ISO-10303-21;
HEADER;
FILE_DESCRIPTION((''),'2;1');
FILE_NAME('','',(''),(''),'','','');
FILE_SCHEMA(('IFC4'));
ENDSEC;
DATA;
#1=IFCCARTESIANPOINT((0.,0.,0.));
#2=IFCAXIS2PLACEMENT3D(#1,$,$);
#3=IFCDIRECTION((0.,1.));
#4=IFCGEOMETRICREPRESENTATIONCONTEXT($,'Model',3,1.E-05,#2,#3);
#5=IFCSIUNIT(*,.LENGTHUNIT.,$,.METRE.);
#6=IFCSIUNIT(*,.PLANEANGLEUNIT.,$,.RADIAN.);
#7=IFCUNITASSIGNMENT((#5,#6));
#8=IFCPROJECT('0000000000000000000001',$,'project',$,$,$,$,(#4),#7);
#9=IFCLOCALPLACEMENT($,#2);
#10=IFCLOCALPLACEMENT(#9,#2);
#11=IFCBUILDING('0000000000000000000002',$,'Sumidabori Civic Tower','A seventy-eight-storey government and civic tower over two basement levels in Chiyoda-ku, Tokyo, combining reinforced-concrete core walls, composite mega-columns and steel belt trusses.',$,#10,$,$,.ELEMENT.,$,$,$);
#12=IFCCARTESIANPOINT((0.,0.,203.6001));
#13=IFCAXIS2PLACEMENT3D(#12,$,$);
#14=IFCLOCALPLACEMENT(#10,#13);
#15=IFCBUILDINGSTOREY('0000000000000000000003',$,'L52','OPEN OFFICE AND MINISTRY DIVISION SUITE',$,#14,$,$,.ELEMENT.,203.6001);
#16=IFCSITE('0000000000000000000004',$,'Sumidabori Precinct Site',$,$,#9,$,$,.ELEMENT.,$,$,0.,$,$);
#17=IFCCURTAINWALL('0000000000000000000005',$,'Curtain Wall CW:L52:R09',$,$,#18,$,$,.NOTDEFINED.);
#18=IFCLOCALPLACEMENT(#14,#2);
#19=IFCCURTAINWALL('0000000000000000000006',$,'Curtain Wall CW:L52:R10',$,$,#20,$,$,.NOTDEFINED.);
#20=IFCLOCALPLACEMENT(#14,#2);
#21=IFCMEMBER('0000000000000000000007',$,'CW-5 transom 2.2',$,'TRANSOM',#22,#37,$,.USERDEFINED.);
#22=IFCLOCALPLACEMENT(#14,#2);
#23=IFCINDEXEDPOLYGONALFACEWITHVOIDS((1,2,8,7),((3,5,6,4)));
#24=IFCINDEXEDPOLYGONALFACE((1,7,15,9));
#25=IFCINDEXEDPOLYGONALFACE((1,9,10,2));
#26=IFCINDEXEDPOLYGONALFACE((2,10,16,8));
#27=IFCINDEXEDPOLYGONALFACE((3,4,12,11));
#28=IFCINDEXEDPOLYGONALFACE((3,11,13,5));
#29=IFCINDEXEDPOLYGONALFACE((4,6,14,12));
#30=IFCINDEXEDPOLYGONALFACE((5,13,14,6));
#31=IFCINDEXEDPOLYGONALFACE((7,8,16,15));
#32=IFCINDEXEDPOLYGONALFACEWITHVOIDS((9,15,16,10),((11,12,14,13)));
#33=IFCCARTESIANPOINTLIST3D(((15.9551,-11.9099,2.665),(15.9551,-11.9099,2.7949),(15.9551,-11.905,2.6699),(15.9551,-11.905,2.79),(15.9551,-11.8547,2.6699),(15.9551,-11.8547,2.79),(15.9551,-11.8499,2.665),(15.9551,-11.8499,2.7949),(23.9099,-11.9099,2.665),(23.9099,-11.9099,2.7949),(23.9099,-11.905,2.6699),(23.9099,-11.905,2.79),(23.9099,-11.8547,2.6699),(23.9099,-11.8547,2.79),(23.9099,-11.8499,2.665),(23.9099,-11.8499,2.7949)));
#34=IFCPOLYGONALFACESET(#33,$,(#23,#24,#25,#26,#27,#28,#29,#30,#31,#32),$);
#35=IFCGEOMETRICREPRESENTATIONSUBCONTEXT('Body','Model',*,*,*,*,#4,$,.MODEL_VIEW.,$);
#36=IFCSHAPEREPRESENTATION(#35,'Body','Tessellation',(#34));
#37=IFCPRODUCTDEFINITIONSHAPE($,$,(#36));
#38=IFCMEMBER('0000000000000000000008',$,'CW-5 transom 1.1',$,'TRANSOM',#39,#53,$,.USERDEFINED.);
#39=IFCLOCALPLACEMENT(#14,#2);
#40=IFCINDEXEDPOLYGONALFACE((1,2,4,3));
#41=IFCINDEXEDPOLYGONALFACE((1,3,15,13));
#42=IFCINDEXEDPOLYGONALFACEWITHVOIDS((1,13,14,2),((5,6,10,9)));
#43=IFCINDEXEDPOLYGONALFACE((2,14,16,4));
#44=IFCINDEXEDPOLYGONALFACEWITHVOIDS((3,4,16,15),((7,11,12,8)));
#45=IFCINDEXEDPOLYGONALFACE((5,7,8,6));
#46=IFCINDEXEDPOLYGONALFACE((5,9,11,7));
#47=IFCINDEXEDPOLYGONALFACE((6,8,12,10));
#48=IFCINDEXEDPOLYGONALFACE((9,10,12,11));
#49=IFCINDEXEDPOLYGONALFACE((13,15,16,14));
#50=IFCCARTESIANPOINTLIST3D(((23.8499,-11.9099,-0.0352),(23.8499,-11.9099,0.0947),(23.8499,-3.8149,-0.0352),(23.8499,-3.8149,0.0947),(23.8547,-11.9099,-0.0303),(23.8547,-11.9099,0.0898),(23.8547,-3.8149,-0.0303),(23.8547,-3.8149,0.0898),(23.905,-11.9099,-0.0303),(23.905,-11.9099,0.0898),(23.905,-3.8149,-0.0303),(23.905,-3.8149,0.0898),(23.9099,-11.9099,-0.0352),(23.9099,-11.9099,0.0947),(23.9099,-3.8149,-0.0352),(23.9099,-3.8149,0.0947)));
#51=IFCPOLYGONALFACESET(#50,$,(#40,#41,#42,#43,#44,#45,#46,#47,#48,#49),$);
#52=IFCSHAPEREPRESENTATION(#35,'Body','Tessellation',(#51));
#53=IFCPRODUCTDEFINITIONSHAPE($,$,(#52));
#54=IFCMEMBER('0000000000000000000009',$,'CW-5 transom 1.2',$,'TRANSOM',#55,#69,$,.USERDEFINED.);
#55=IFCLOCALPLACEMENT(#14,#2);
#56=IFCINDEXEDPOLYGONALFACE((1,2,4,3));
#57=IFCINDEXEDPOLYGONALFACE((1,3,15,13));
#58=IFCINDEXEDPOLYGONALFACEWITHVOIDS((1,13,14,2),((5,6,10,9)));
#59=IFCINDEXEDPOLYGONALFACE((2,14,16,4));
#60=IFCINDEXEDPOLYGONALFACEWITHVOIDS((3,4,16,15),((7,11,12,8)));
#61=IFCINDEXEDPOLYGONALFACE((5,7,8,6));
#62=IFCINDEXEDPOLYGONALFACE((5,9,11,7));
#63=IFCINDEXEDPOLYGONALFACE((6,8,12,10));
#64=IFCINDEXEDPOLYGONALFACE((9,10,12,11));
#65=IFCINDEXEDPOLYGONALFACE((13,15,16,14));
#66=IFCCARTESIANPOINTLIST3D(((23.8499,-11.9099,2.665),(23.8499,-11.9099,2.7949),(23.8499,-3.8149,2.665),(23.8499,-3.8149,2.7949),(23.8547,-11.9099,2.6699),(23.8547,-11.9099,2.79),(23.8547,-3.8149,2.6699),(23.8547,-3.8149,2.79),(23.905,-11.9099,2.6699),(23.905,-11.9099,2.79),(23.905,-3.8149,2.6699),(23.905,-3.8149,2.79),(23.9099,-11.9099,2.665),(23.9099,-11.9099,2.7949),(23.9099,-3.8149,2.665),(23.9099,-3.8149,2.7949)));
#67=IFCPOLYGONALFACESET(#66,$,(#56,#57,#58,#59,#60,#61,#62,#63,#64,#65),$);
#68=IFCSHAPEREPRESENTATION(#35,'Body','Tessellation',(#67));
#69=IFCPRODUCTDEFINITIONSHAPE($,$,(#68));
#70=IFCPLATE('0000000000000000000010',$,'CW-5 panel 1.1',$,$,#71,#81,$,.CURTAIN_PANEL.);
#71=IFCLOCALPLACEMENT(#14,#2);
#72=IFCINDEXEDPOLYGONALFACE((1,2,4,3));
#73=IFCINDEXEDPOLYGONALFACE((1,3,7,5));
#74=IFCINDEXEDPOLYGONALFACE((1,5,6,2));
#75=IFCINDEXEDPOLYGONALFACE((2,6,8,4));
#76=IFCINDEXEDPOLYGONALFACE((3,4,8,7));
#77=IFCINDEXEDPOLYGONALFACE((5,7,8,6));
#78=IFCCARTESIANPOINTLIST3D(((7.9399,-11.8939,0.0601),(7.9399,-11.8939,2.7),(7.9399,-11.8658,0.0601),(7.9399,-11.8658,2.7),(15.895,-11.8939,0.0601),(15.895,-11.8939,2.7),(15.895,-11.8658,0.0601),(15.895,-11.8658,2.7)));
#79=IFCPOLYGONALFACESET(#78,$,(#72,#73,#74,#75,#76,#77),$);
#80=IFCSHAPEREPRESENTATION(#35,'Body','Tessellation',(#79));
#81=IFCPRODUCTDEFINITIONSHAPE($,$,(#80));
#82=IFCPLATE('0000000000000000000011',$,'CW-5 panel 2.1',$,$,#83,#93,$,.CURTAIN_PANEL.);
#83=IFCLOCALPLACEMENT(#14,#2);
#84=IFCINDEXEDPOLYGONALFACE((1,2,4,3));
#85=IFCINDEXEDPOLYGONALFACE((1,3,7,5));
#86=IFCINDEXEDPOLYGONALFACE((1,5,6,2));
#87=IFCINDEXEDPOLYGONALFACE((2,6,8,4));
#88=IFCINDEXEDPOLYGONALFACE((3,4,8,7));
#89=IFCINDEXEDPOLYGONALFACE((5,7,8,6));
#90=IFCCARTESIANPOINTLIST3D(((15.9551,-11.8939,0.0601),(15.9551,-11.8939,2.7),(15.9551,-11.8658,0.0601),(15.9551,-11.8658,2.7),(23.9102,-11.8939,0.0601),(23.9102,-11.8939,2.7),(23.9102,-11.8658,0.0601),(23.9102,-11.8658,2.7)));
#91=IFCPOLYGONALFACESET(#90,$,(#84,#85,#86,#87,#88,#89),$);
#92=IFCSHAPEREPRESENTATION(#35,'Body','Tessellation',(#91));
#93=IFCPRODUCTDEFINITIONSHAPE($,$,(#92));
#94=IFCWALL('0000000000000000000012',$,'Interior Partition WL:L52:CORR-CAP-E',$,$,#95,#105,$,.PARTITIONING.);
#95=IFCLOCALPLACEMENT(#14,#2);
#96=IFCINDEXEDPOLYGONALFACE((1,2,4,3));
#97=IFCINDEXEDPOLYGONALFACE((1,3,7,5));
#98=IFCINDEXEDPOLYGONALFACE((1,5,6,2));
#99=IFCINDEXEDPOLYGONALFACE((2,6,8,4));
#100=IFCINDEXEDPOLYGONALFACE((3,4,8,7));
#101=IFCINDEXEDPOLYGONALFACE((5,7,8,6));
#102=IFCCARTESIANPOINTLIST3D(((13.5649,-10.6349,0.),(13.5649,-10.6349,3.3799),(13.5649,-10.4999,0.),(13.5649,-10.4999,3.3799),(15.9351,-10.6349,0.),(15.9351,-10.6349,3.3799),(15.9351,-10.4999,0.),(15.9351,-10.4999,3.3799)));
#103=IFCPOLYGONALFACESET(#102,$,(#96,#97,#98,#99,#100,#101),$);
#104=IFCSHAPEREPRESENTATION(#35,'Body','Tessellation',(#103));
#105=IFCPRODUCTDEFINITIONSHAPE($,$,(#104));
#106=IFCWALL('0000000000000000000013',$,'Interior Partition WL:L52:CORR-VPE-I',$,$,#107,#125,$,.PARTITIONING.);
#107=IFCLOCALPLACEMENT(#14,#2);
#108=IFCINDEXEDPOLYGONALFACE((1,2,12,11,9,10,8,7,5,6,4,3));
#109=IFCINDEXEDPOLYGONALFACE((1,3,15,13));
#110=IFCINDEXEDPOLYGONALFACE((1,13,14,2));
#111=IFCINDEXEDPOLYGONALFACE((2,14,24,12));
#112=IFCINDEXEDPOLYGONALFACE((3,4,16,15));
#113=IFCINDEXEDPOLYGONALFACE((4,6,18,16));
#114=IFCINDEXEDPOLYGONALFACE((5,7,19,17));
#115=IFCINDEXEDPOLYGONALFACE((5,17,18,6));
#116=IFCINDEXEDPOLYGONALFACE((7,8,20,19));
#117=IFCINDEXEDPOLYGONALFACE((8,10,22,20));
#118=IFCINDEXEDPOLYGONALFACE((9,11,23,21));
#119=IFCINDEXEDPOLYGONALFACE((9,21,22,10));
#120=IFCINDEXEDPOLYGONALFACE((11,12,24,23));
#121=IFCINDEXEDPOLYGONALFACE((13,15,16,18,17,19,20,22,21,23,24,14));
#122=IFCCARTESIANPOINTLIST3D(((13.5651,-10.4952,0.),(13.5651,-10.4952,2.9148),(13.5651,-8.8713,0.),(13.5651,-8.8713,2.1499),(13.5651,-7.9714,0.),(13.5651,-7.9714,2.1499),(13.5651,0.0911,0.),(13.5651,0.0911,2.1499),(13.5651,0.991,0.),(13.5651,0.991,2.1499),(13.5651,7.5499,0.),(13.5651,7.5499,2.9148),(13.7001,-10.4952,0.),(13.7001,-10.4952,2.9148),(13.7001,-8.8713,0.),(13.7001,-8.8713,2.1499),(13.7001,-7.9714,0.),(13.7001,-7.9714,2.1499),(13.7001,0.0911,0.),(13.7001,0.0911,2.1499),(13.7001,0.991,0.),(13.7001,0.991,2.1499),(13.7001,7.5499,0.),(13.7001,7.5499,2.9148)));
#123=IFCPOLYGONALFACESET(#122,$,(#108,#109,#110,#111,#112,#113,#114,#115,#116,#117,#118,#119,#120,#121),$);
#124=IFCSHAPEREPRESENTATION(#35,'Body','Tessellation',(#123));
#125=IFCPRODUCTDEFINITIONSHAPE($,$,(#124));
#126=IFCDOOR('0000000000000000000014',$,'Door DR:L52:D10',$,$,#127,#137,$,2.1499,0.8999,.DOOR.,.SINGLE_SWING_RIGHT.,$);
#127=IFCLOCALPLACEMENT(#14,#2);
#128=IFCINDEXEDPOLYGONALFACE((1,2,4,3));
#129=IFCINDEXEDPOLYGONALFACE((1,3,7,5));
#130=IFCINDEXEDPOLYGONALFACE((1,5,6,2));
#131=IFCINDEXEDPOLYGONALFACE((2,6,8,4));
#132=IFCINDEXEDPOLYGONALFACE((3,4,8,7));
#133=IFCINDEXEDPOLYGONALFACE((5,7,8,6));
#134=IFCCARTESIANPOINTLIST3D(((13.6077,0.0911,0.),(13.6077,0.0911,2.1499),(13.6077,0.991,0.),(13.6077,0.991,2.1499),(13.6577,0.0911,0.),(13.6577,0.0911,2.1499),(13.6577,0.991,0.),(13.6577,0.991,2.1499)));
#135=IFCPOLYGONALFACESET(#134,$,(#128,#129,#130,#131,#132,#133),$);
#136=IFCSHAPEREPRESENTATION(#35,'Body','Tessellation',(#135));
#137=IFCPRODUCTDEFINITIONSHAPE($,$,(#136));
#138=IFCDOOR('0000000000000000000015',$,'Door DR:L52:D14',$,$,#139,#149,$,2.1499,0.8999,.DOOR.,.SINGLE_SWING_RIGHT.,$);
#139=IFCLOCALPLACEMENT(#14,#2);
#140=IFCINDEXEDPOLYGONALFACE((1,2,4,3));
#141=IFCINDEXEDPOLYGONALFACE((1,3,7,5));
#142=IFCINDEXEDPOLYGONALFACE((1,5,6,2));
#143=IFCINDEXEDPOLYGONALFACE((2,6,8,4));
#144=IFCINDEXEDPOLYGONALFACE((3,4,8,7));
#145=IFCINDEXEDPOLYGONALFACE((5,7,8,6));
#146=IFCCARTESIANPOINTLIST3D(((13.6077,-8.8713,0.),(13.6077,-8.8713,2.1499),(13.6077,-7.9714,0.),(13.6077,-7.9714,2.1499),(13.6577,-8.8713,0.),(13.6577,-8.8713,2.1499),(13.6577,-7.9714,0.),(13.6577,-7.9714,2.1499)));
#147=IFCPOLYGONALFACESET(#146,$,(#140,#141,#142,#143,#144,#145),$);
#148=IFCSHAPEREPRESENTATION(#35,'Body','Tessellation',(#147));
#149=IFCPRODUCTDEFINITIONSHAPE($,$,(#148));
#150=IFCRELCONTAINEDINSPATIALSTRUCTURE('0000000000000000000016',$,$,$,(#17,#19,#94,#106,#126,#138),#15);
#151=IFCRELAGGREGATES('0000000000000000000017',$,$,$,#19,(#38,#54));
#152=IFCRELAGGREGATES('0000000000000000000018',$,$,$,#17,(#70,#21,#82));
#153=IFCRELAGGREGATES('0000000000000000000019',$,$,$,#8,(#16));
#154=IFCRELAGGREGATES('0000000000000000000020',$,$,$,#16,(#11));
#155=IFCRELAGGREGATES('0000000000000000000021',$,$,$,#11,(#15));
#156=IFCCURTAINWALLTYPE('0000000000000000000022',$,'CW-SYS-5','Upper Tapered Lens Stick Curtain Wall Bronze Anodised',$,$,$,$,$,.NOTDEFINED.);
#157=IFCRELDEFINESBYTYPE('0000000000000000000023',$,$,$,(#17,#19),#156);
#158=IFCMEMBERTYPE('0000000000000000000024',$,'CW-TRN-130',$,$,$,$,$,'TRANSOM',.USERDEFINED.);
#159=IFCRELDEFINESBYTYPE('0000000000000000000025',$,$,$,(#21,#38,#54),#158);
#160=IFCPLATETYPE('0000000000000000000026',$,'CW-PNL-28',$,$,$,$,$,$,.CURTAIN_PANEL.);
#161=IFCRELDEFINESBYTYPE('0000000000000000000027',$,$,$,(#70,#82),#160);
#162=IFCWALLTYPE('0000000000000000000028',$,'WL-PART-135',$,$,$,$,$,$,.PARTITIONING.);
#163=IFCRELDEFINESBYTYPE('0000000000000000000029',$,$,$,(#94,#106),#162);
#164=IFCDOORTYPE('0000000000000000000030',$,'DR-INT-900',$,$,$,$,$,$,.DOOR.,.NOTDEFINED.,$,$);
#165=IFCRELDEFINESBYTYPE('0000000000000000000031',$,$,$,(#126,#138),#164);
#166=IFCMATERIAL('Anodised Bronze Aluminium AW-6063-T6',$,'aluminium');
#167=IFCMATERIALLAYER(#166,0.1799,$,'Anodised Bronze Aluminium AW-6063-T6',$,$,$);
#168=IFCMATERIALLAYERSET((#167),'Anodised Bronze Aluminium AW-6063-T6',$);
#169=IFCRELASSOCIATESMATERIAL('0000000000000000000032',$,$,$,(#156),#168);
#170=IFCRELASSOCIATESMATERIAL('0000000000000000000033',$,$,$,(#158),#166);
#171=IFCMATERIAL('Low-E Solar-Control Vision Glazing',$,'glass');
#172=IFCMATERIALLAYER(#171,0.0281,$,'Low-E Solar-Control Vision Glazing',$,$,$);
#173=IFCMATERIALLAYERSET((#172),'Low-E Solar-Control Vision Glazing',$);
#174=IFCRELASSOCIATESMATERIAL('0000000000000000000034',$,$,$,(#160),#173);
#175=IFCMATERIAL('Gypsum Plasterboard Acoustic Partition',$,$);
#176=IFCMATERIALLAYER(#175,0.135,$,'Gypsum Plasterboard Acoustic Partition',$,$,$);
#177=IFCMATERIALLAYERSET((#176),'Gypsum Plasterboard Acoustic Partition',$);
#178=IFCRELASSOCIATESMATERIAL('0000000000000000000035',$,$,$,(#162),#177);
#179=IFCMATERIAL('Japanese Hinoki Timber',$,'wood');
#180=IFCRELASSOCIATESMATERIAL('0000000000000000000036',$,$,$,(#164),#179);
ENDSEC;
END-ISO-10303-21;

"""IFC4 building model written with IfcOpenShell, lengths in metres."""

from ifc_helpers import new_model, si_unit, direction, frame, frame_2d, origin, origin_2d, place, context, subcontext, project, spatial, rectangle, hollow_rectangle, extrude, source, transform, mapped, material, layer, layer_set, material_profile, profile_set, type_object, element, fill, aggregate, save


model = new_model("IFC4")

# Units and contexts
model_context = context("Model", 3, precision=1e-05, world=origin(), true_north=direction((0.0, 1.0)))
body_context = subcontext(model_context, "Body", "Model", "MODEL_VIEW")
ifc_project = project(units=[si_unit("LENGTHUNIT", "METRE"), si_unit("PLANEANGLEUNIT", "RADIAN")], contexts=[model_context])

# Site, building, storey
site_placement = place(None, origin())
site = spatial("IfcSite", under=ifc_project, at=site_placement, Name="Sumidabori Precinct Site", CompositionType="ELEMENT", RefElevation=0.0)
building_placement = place(site_placement, origin())
building = spatial("IfcBuilding", under=site, at=building_placement, Name="Sumidabori Civic Tower", Description="A seventy-eight-storey government and civic tower over two basement levels in Chiyoda-ku, Tokyo, combining reinforced-concrete core walls, composite mega-columns and steel belt trusses.", CompositionType="ELEMENT")
storey_placement = place(building_placement, frame((0.0, 0.0, 203.6001)))
storey = spatial("IfcBuildingStorey", under=building, at=storey_placement, Name="L52", Description="OPEN OFFICE AND MINISTRY DIVISION SUITE", CompositionType="ELEMENT", Elevation=203.6001)

# Curtain wall
ifc_material_1 = material(Name="Anodised Bronze Aluminium AW-6063-T6", Category="aluminium")
ifc_layer_1 = layer(ifc_material_1, 0.1799, Name="Anodised Bronze Aluminium AW-6063-T6")
ifc_layer_set_1 = layer_set([ifc_layer_1], Name="Anodised Bronze Aluminium AW-6063-T6")
curtain_wall_type = type_object("IfcCurtainWallType", Name="CW-SYS-5", Description="Upper Tapered Lens Stick Curtain Wall Bronze Anodised", PredefinedType="NOTDEFINED", material=ifc_layer_set_1)
curtain_wall_1_placement = place(storey_placement, origin())
curtain_wall_1 = element("IfcCurtainWall", 1, at=curtain_wall_1_placement, inside=storey, type_object=curtain_wall_type, Name="Curtain Wall CW:L52:R09", PredefinedType="NOTDEFINED")

# Curtain wall
curtain_wall_2_placement = place(storey_placement, origin())
curtain_wall_2 = element("IfcCurtainWall", 2, at=curtain_wall_2_placement, inside=storey, type_object=curtain_wall_type, Name="Curtain Wall CW:L52:R10", PredefinedType="NOTDEFINED")

# Members
ifc_material_profile_1 = material_profile(ifc_material_1, hollow_rectangle(XDim=0.0601, YDim=0.1299, WallThickness=0.0049, at=origin_2d()), Name="ALU TRANSOM 130x60")
ifc_profile_set_1 = profile_set([ifc_material_profile_1], Name="Anodised Bronze Aluminium AW-6063-T6")
member_type_1 = type_object("IfcMemberType", Name="CW-TRN-130", ElementType="TRANSOM", PredefinedType="USERDEFINED", material=ifc_profile_set_1)
shared_shape_1 = source(origin(), body_context, "Body", "SweptSolid", [
    extrude(hollow_rectangle(XDim=0.0601, YDim=0.1299, WallThickness=0.0049, at=origin_2d()), origin(), (0.0, 0.0, 1.0), 7.9548),
])
member_1_placement = place(storey_placement, frame((15.9551, -11.8799, 2.73), z_axis=(1.0, 0.0, 0.0), x_axis=(0.0, 1.0, 0.0)))
member_1 = element("IfcMember", 3, at=member_1_placement, type_object=member_type_1, Name="CW-5 transom 2.2", ObjectType="TRANSOM", PredefinedType="USERDEFINED", context=body_context, shape_type="MappedRepresentation", body=[
    mapped(shared_shape_1, transform((0.0, 0.0, 0.0), x_axis=(1.0, 0.0, 0.0), y_axis=(0.0, 1.0, 0.0), z_axis=(0.0, 0.0, 1.0), scale=1.0)),
])
shared_shape_2 = source(origin(), body_context, "Body", "SweptSolid", [
    extrude(hollow_rectangle(XDim=0.0601, YDim=0.1299, WallThickness=0.0049, at=origin_2d()), origin(), (0.0, 0.0, 1.0), 8.095),
])
member_2_placement = place(storey_placement, frame((23.8799, -11.9099, 0.0298), z_axis=(0.0, 1.0, 0.0), x_axis=(-1.0, 0.0, 0.0)))
member_2 = element("IfcMember", 4, at=member_2_placement, type_object=member_type_1, Name="CW-5 transom 1.1", ObjectType="TRANSOM", PredefinedType="USERDEFINED", context=body_context, shape_type="MappedRepresentation", body=[
    mapped(shared_shape_2, transform((0.0, 0.0, 0.0), x_axis=(1.0, 0.0, 0.0), y_axis=(0.0, 1.0, 0.0), z_axis=(0.0, 0.0, 1.0), scale=1.0)),
])
member_3_placement = place(storey_placement, frame((23.8799, -11.9099, 2.73), z_axis=(0.0, 1.0, 0.0), x_axis=(-1.0, 0.0, 0.0)))
member_3 = element("IfcMember", 5, at=member_3_placement, type_object=member_type_1, Name="CW-5 transom 1.2", ObjectType="TRANSOM", PredefinedType="USERDEFINED", context=body_context, shape_type="MappedRepresentation", body=[
    mapped(shared_shape_2, transform((0.0, 0.0, 0.0), x_axis=(1.0, 0.0, 0.0), y_axis=(0.0, 1.0, 0.0), z_axis=(0.0, 0.0, 1.0), scale=1.0)),
])
aggregate(curtain_wall_2, [member_2, member_3])

# Plates
ifc_material_2 = material(Name="Low-E Solar-Control Vision Glazing", Category="glass")
ifc_layer_2 = layer(ifc_material_2, 0.0281, Name="Low-E Solar-Control Vision Glazing")
ifc_layer_set_2 = layer_set([ifc_layer_2], Name="Low-E Solar-Control Vision Glazing")
plate_type = type_object("IfcPlateType", Name="CW-PNL-28", PredefinedType="CURTAIN_PANEL", material=ifc_layer_set_2)
shared_shape_3 = source(origin(), body_context, "Body", "SweptSolid", [
    extrude(rectangle(XDim=7.9551, YDim=0.0281, at=origin_2d()), origin(), (0.0, 0.0, 1.0), 2.6399),
])
plate_1_placement = place(storey_placement, frame((11.9175, -11.8799, 0.0601), z_axis=(0.0, 0.0, 1.0), x_axis=(1.0, 0.0, 0.0)))
plate_1 = element("IfcPlate", 6, at=plate_1_placement, type_object=plate_type, Name="CW-5 panel 1.1", PredefinedType="CURTAIN_PANEL", context=body_context, shape_type="MappedRepresentation", body=[
    mapped(shared_shape_3, transform((0.0, 0.0, 0.0), x_axis=(1.0, 0.0, 0.0), y_axis=(0.0, 1.0, 0.0), z_axis=(0.0, 0.0, 1.0), scale=1.0)),
])
plate_2_placement = place(storey_placement, frame((19.9326, -11.8799, 0.0601), z_axis=(0.0, 0.0, 1.0), x_axis=(1.0, 0.0, 0.0)))
plate_2 = element("IfcPlate", 7, at=plate_2_placement, type_object=plate_type, Name="CW-5 panel 2.1", PredefinedType="CURTAIN_PANEL", context=body_context, shape_type="MappedRepresentation", body=[
    mapped(shared_shape_3, transform((0.0, 0.0, 0.0), x_axis=(1.0, 0.0, 0.0), y_axis=(0.0, 1.0, 0.0), z_axis=(0.0, 0.0, 1.0), scale=1.0)),
])
aggregate(curtain_wall_1, [plate_1, member_1, plate_2])

# Wall
ifc_material_3 = material(Name="Gypsum Plasterboard Acoustic Partition")
ifc_layer_3 = layer(ifc_material_3, 0.135, Name="Gypsum Plasterboard Acoustic Partition")
ifc_layer_set_3 = layer_set([ifc_layer_3], Name="Gypsum Plasterboard Acoustic Partition")
wall_type = type_object("IfcWallType", Name="WL-PART-135", PredefinedType="PARTITIONING", material=ifc_layer_set_3)
shared_shape_4 = source(origin(), body_context, "Body", "SweptSolid", [
    extrude(rectangle(XDim=2.3701, YDim=0.135, at=frame_2d((1.1851, 0.0))), origin(), (0.0, 0.0, 1.0), 3.3799),
])
wall_1_placement = place(storey_placement, frame((13.5649, -10.5674, 0.0), z_axis=(0.0, 0.0, 1.0), x_axis=(1.0, 0.0, 0.0)))
element("IfcWall", 8, at=wall_1_placement, inside=storey, type_object=wall_type, Name="Interior Partition WL:L52:CORR-CAP-E", PredefinedType="PARTITIONING", context=body_context, shape_type="MappedRepresentation", body=[
    mapped(shared_shape_4, transform((0.0, 0.0, 0.0), x_axis=(1.0, 0.0, 0.0), y_axis=(0.0, 1.0, 0.0), z_axis=(0.0, 0.0, 1.0), scale=1.0)),
])

# Wall, openings, doors
shared_shape_5 = source(origin(), body_context, "Body", "SweptSolid", [
    extrude(rectangle(XDim=18.0452, YDim=0.135, at=frame_2d((9.0225, 0.0))), origin(), (0.0, 0.0, 1.0), 2.9148),
])
wall_2_placement = place(storey_placement, frame((13.6326, -10.4951, 0.0), z_axis=(0.0, 0.0, 1.0), x_axis=(0.0, 1.0, 0.0)))
wall_2 = element("IfcWall", 9, at=wall_2_placement, inside=storey, type_object=wall_type, Name="Interior Partition WL:L52:CORR-VPE-I", PredefinedType="PARTITIONING", context=body_context, shape_type="MappedRepresentation", body=[
    mapped(shared_shape_5, transform((0.0, 0.0, 0.0), x_axis=(1.0, 0.0, 0.0), y_axis=(0.0, 1.0, 0.0), z_axis=(0.0, 0.0, 1.0), scale=1.0)),
])
opening_1_placement = place(wall_2_placement, frame((10.5862, 0.0, 0.0)))
opening_1 = element("IfcOpeningElement", 10, at=opening_1_placement, cuts=wall_2, PredefinedType="OPENING", context=body_context, shape_type="SweptSolid", body=[
    extrude(rectangle(XDim=0.8999, YDim=2.1499, at=frame_2d((0.45, 1.075))), frame((0.0, 0.0796, 0.0), z_axis=(0.0, -1.0, 0.0), x_axis=(1.0, 0.0, 0.0)), (0.0, 0.0, 1.0), 0.1589),
])
opening_2_placement = place(wall_2_placement, frame((1.6238, 0.0, 0.0)))
opening_2 = element("IfcOpeningElement", 11, at=opening_2_placement, cuts=wall_2, PredefinedType="OPENING", context=body_context, shape_type="SweptSolid", body=[
    extrude(rectangle(XDim=0.8999, YDim=2.1499, at=frame_2d((0.45, 1.075))), frame((0.0, 0.0796, 0.0), z_axis=(0.0, -1.0, 0.0), x_axis=(1.0, 0.0, 0.0)), (0.0, 0.0, 1.0), 0.1589),
])
ifc_material_4 = material(Name="Japanese Hinoki Timber", Category="wood")
door_type = type_object("IfcDoorType", Name="DR-INT-900", OperationType="NOTDEFINED", PredefinedType="DOOR", material=ifc_material_4)
shared_shape_6 = source(origin(), body_context, "Body", "SweptSolid", [
    extrude(rectangle(XDim=0.8999, YDim=2.1499, at=frame_2d((0.45, 1.075))), frame((0.0, 0.0249, 0.0), z_axis=(0.0, -1.0, 0.0), x_axis=(1.0, 0.0, 0.0)), (0.0, 0.0, 1.0), 0.05),
])
door_1_placement = place(opening_1_placement, origin())
door_1 = element("IfcDoor", 12, at=door_1_placement, inside=storey, type_object=door_type, Name="Door DR:L52:D10", OperationType="SINGLE_SWING_RIGHT", OverallHeight=2.1499, OverallWidth=0.8999, PredefinedType="DOOR", context=body_context, shape_type="MappedRepresentation", body=[
    mapped(shared_shape_6, transform((0.0, 0.0, 0.0), x_axis=(1.0, 0.0, 0.0), y_axis=(0.0, 1.0, 0.0), z_axis=(0.0, 0.0, 1.0), scale=1.0)),
])
fill(opening_1, door_1)
door_2_placement = place(opening_2_placement, origin())
door_2 = element("IfcDoor", 13, at=door_2_placement, inside=storey, type_object=door_type, Name="Door DR:L52:D14", OperationType="SINGLE_SWING_RIGHT", OverallHeight=2.1499, OverallWidth=0.8999, PredefinedType="DOOR", context=body_context, shape_type="MappedRepresentation", body=[
    mapped(shared_shape_6, transform((0.0, 0.0, 0.0), x_axis=(1.0, 0.0, 0.0), y_axis=(0.0, 1.0, 0.0), z_axis=(0.0, 0.0, 1.0), scale=1.0)),
])
fill(opening_2, door_2)

save(model, "model.ifc")
